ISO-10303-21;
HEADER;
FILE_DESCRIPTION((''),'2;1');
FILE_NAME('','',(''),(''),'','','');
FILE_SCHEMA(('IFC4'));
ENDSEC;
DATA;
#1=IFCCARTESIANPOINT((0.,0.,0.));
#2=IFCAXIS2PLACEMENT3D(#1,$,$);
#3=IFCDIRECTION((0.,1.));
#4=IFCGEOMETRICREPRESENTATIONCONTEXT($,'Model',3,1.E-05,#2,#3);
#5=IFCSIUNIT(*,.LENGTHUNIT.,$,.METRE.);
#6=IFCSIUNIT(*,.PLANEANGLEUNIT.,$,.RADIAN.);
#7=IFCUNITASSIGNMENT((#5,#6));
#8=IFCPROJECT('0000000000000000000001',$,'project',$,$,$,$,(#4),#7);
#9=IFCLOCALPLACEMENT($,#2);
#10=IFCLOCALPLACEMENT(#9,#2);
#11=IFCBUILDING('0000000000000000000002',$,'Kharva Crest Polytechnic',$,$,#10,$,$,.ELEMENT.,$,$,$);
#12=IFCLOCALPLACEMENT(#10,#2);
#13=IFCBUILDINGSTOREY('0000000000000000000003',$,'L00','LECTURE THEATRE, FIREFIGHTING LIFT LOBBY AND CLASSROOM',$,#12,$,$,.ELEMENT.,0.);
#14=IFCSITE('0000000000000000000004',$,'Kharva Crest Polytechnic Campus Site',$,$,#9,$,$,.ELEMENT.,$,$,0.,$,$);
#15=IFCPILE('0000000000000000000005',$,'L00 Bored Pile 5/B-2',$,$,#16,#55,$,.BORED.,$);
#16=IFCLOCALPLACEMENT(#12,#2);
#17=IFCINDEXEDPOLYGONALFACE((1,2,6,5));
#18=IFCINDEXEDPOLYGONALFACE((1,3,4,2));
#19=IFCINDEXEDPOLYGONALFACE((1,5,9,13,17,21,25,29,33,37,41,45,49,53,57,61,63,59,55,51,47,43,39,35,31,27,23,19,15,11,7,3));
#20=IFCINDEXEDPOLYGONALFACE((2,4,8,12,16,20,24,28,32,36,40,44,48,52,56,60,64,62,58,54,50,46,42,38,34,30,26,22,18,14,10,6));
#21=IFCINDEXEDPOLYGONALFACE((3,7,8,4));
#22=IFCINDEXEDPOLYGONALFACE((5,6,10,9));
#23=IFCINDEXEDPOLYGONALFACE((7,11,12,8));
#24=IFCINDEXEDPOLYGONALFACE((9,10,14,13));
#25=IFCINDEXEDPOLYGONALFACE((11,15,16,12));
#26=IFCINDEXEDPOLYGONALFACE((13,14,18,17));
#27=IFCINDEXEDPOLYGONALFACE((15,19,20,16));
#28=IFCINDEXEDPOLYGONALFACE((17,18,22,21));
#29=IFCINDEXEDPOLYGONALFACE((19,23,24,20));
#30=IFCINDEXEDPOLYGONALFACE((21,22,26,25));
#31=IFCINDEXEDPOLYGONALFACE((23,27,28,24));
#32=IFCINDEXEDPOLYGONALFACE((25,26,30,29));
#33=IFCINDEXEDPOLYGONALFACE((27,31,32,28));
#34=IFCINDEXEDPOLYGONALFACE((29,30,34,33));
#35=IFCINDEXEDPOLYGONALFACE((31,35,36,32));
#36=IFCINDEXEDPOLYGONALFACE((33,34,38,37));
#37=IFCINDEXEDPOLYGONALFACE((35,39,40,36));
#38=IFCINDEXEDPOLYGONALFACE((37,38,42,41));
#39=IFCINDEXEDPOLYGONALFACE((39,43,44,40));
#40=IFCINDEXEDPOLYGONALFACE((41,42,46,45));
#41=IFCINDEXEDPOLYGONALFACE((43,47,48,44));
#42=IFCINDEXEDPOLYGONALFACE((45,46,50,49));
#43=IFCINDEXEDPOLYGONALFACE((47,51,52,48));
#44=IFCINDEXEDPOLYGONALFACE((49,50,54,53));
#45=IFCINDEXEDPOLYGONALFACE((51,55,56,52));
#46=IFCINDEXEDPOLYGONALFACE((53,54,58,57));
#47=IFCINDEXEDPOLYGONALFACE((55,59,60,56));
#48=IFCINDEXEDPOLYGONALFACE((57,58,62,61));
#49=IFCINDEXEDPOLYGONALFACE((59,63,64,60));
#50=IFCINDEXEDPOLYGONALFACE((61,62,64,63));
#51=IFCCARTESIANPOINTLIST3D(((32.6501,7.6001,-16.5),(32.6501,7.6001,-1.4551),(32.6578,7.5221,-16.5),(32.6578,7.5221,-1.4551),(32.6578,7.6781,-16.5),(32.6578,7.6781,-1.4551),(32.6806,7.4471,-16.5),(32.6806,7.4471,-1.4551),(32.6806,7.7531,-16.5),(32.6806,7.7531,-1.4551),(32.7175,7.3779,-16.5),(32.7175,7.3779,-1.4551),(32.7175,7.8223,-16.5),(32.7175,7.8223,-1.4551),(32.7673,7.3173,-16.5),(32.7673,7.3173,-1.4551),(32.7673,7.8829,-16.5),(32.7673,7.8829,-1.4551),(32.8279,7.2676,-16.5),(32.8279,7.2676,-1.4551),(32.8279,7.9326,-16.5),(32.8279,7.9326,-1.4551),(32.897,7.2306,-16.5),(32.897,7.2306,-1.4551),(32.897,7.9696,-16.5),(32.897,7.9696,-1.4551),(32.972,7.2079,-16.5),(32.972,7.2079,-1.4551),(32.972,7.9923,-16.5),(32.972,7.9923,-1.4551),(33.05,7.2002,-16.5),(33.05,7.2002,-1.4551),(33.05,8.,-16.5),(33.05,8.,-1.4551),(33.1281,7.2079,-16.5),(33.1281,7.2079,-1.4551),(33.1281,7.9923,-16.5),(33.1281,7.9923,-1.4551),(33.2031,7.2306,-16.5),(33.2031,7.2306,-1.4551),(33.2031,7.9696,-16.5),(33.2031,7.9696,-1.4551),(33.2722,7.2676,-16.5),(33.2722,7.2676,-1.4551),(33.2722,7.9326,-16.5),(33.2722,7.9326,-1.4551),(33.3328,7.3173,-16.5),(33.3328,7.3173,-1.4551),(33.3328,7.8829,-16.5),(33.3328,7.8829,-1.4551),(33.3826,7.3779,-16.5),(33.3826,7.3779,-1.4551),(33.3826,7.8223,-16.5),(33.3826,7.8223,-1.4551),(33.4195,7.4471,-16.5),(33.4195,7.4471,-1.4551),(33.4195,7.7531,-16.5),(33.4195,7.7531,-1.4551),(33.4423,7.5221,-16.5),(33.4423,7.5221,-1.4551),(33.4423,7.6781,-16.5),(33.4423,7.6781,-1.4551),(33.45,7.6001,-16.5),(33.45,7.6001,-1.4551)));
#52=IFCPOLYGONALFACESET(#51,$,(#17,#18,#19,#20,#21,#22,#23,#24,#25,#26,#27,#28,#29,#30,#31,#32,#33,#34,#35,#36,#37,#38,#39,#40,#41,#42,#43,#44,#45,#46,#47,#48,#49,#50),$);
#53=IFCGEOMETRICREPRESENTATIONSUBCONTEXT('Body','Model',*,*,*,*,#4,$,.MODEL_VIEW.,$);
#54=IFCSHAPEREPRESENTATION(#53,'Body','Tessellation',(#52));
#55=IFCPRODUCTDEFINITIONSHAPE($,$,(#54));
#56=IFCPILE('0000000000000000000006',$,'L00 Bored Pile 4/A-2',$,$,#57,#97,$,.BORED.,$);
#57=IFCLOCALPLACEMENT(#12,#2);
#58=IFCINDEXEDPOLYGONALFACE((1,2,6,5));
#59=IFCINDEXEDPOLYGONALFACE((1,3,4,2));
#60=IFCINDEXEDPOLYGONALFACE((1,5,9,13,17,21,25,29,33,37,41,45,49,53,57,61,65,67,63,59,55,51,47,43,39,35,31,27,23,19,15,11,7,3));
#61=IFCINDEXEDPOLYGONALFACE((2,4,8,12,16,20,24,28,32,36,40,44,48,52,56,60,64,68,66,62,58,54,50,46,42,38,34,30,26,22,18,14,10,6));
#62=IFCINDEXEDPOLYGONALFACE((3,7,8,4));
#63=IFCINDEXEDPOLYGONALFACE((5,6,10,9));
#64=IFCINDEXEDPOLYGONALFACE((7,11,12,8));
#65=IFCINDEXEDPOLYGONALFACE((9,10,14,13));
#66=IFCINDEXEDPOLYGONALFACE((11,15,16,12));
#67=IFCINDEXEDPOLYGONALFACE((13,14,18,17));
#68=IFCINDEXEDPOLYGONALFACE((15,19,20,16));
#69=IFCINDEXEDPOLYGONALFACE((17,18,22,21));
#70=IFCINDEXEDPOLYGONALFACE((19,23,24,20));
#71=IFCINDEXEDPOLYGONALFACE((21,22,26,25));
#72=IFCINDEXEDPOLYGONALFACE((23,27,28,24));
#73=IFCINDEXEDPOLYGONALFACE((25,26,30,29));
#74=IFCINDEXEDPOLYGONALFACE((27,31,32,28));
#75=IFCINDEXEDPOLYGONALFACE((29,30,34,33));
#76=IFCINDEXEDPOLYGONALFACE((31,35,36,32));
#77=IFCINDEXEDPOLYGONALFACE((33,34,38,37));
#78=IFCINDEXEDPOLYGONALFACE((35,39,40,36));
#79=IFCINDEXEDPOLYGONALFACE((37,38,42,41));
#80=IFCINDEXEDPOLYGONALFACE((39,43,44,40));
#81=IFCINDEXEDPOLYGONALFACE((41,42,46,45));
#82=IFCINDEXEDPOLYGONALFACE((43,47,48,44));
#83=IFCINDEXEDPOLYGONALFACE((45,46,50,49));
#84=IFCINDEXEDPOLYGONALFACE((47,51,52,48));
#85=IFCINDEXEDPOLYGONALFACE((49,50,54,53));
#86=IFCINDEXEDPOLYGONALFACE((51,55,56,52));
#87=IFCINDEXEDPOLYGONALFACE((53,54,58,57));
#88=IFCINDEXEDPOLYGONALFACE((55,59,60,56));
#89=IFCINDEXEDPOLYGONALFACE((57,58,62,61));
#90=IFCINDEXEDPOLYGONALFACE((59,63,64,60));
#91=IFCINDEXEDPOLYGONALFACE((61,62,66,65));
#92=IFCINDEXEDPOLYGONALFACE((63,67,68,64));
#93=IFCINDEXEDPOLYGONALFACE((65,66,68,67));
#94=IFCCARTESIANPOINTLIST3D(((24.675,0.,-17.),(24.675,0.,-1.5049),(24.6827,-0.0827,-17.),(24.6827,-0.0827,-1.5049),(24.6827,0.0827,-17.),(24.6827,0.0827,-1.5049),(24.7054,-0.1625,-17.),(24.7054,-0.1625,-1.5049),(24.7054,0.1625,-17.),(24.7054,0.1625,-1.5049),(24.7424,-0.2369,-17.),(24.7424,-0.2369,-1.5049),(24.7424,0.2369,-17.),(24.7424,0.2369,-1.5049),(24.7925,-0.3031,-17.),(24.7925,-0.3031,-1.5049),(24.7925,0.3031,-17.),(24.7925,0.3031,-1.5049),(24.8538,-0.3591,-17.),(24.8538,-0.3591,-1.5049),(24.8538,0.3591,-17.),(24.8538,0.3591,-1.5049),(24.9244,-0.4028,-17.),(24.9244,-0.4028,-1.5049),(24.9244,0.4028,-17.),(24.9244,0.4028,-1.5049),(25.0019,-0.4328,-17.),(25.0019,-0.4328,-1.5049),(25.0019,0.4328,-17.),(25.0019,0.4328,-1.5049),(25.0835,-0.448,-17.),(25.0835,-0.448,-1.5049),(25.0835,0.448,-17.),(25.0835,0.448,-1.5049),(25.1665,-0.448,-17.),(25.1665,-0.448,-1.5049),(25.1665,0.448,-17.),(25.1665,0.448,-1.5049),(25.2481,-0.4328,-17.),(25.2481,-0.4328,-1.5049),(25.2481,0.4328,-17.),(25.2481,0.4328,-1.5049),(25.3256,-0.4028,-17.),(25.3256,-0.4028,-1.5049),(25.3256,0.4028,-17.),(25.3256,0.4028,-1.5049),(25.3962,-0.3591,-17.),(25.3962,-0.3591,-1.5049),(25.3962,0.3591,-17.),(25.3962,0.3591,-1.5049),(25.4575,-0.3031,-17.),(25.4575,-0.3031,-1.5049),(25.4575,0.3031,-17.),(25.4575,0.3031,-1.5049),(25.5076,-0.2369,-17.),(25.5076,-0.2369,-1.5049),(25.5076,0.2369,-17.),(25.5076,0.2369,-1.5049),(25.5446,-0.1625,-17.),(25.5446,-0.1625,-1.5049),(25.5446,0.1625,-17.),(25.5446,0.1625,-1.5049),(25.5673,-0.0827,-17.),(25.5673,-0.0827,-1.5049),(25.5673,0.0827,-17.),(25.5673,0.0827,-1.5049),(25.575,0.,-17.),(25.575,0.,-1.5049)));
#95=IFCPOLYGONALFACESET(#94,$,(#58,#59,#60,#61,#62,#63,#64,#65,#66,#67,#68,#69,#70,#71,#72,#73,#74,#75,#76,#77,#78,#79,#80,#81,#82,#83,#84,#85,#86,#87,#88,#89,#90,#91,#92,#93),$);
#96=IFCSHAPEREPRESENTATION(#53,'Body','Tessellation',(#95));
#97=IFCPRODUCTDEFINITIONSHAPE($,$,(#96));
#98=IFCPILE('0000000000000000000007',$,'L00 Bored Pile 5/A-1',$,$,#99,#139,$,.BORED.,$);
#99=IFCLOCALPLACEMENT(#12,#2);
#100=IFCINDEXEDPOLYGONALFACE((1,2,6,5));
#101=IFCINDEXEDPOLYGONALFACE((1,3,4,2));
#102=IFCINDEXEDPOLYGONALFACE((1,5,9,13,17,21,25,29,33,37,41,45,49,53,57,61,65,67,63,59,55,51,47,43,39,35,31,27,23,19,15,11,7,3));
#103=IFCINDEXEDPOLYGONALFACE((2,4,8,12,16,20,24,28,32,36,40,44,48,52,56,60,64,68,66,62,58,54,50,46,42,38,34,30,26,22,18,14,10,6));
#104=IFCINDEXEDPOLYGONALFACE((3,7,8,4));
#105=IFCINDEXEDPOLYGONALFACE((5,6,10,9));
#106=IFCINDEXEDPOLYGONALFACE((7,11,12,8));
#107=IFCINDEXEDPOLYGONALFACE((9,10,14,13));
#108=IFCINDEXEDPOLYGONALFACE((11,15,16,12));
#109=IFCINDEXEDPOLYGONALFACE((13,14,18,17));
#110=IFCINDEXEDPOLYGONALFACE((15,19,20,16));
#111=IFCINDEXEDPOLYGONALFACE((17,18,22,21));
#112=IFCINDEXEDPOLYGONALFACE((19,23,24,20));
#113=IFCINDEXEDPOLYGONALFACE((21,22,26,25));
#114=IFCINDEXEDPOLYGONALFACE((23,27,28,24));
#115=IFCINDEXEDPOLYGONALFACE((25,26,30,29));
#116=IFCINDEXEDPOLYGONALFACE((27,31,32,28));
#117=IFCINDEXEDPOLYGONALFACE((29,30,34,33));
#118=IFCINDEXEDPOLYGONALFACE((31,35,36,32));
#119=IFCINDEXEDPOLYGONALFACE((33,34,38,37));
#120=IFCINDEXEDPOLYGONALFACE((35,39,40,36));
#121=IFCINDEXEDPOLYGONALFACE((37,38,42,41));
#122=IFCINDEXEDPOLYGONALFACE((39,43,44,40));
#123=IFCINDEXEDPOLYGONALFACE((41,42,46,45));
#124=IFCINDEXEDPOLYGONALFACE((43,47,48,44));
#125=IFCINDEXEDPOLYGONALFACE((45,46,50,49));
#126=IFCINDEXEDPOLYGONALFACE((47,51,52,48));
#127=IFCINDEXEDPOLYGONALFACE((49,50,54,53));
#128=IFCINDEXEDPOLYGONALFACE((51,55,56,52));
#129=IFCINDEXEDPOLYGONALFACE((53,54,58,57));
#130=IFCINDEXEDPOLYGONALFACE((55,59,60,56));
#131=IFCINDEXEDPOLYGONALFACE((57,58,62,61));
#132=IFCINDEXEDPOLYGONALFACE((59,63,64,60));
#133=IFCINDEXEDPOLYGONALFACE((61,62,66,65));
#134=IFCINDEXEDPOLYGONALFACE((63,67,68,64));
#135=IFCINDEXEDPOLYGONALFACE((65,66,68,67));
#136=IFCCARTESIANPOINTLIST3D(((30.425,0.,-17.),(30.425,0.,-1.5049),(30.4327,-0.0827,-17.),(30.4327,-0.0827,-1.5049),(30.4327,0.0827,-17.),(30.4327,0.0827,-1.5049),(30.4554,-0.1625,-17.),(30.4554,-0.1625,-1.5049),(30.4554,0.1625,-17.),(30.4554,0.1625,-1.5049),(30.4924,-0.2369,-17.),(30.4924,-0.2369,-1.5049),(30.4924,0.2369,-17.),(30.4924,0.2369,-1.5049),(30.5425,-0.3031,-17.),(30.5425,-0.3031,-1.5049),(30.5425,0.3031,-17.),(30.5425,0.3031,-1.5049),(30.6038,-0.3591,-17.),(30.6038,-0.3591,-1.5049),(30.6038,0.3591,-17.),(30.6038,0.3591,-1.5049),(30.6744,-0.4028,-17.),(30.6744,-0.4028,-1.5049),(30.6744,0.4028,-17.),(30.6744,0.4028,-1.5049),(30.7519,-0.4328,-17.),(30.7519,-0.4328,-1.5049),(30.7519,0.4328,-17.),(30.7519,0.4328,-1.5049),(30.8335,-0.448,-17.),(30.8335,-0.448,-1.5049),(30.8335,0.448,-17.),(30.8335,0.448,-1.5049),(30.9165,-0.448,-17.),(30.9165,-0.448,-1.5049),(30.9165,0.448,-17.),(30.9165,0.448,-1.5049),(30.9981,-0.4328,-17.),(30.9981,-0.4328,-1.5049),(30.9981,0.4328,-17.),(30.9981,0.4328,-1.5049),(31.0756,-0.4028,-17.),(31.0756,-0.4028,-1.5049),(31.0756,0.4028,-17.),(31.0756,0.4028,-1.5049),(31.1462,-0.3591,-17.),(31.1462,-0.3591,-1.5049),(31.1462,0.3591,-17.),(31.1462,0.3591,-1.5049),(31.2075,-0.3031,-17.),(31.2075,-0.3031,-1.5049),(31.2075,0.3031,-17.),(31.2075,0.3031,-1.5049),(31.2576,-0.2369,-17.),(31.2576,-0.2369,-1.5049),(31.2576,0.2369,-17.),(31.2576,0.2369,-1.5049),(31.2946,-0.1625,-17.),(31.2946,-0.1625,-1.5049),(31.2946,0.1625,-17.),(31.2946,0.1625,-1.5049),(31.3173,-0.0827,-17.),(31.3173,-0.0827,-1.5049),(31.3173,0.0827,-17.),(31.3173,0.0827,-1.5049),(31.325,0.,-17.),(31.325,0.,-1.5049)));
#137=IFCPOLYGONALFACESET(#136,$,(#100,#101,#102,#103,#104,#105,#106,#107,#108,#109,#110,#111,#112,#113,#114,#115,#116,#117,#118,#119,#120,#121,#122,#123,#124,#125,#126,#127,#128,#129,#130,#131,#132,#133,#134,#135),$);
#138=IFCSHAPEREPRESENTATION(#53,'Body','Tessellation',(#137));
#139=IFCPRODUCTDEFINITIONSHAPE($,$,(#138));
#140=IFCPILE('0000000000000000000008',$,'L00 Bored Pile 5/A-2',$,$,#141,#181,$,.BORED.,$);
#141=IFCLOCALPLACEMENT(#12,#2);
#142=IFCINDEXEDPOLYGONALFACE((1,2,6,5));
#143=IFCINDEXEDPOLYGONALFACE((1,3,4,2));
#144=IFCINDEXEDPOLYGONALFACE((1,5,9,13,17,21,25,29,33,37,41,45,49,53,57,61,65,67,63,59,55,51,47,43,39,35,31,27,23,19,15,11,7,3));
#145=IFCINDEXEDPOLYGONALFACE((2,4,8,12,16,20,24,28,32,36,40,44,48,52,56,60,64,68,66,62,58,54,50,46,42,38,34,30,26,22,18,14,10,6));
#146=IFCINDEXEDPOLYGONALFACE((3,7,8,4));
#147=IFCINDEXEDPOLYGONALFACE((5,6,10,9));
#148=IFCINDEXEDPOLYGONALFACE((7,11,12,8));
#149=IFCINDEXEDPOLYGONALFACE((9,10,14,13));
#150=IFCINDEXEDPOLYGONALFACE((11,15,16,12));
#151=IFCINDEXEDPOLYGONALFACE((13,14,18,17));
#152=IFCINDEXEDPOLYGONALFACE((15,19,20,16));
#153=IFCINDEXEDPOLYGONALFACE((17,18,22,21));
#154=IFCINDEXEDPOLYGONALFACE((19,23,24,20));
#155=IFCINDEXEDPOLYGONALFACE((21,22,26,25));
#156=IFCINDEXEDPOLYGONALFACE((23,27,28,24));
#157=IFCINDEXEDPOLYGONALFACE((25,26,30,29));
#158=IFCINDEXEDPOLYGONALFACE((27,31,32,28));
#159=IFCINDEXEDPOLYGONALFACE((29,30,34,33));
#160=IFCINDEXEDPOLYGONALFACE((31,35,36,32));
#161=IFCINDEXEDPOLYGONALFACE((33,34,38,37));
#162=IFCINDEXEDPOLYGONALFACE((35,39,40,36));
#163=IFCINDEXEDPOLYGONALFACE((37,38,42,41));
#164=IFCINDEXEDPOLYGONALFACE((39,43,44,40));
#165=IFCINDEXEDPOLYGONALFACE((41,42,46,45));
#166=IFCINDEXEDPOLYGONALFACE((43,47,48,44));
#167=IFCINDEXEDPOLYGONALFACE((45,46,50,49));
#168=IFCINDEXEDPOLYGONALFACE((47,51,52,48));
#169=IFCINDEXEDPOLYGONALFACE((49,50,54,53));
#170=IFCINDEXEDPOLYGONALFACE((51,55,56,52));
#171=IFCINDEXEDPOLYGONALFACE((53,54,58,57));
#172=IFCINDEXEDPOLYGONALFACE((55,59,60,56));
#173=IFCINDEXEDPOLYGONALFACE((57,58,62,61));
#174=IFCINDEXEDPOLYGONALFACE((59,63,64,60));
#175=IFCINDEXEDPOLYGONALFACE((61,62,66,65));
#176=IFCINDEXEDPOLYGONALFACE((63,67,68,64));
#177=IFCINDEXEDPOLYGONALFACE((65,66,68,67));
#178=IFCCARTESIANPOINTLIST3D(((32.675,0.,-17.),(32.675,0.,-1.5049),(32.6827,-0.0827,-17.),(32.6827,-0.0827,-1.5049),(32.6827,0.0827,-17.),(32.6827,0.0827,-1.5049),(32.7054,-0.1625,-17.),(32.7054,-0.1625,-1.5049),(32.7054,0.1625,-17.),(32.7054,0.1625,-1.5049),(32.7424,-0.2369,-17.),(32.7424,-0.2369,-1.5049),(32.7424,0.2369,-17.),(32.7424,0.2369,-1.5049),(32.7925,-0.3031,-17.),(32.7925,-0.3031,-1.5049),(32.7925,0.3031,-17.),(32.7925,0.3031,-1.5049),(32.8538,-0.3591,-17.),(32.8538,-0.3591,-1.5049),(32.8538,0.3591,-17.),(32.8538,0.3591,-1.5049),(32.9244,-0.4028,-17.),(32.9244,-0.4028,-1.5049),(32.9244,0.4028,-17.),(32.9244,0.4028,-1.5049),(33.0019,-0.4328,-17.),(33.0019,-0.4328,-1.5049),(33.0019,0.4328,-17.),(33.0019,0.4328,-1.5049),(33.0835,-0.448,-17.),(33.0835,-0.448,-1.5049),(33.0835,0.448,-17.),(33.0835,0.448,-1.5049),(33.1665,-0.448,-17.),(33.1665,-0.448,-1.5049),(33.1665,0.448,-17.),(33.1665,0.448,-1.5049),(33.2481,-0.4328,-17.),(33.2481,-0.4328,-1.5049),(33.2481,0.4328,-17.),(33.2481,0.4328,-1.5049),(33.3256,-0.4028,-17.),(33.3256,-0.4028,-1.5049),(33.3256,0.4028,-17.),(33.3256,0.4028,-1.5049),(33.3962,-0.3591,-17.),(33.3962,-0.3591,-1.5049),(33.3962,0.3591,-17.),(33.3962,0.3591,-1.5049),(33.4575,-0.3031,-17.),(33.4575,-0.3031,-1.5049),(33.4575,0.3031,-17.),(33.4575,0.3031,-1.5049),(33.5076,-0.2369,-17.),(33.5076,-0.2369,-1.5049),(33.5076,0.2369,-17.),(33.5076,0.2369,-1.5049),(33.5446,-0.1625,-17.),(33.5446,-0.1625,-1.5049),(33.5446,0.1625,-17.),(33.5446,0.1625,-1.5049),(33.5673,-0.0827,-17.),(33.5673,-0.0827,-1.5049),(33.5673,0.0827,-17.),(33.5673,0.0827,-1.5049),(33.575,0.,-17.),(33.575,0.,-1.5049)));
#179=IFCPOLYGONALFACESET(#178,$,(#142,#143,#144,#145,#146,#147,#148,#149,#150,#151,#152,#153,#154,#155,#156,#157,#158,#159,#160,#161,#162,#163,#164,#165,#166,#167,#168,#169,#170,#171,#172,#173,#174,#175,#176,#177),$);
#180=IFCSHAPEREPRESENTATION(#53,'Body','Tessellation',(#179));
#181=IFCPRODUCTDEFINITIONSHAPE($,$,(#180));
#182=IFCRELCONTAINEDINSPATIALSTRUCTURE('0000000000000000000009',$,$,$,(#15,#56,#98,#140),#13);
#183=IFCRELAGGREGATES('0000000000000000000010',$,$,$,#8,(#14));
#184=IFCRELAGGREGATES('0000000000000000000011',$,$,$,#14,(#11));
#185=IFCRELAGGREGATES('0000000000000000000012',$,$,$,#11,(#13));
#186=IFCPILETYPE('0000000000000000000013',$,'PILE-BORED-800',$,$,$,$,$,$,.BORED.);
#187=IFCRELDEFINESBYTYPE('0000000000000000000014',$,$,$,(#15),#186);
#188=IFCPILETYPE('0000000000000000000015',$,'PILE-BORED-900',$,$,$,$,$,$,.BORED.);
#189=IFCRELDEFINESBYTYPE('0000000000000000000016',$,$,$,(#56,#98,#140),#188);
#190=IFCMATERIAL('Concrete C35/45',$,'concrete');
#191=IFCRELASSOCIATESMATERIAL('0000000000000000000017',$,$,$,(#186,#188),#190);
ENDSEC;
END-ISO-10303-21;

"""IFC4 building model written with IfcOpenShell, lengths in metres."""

from ifc_helpers import new_model, si_unit, direction, frame, origin, origin_2d, place, context, subcontext, project, spatial, circle, extrude, material, material_profile, profile_set, type_object, element, save


model = new_model("IFC4")

# Units and contexts
model_context = context("Model", 3, precision=1e-05, world=origin(), true_north=direction((0.0, 1.0)))
body_context = subcontext(model_context, "Body", "Model", "MODEL_VIEW")
ifc_project = project(units=[si_unit("LENGTHUNIT", "METRE"), si_unit("PLANEANGLEUNIT", "RADIAN")], contexts=[model_context])

# Site, building, storey
site_placement = place(None, origin())
site = spatial("IfcSite", under=ifc_project, at=site_placement, Name="Kharva Crest Polytechnic Campus Site", CompositionType="ELEMENT", RefElevation=0.0)
building_placement = place(site_placement, origin())
building = spatial("IfcBuilding", under=site, at=building_placement, Name="Kharva Crest Polytechnic", CompositionType="ELEMENT")
storey_placement = place(building_placement, origin())
storey = spatial("IfcBuildingStorey", under=building, at=storey_placement, Name="L00", Description="LECTURE THEATRE, FIREFIGHTING LIFT LOBBY AND CLASSROOM", CompositionType="ELEMENT", Elevation=0.0)

# Shared definitions
ifc_material_1 = material(Name="Concrete C35/45", Category="concrete")

# Piles
ifc_material_profile_1 = material_profile(ifc_material_1, circle(Radius=0.3999, at=origin_2d()), Name="DIA 800")
ifc_profile_set_1 = profile_set([ifc_material_profile_1], Name="Concrete C35/45")
pile_type_1 = type_object("IfcPileType", Name="PILE-BORED-800", PredefinedType="BORED", material=ifc_profile_set_1)
for number, where, z_axis, x_axis, name in (
    (1, (33.05, 7.6001, -1.4551), (0.0, 0.0, -1.0), (1.0, 0.0, 0.0), "L00 Bored Pile 5/B-2"),
):
    element("IfcPile", number, at=place(storey_placement, frame(where, z_axis=z_axis, x_axis=x_axis)), inside=storey, type_object=pile_type_1, Name=name, PredefinedType="BORED", context=body_context, shape_type="SweptSolid", body=[
        extrude(circle(Radius=0.3999, at=origin_2d()), origin(), (0.0, 0.0, 1.0), 15.0449),
    ])
ifc_material_profile_2 = material_profile(ifc_material_1, circle(Radius=0.45, at=origin_2d()), Name="DIA 900")
ifc_profile_set_2 = profile_set([ifc_material_profile_2], Name="Concrete C35/45")
pile_type_2 = type_object("IfcPileType", Name="PILE-BORED-900", PredefinedType="BORED", material=ifc_profile_set_2)
for number, where, z_axis, x_axis, name in (
    (2, (25.125, 0.0, -1.5049), (0.0, 0.0, -1.0), (1.0, 0.0, 0.0), "L00 Bored Pile 4/A-2"),
    (3, (30.875, 0.0, -1.5049), (0.0, 0.0, -1.0), (1.0, 0.0, 0.0), "L00 Bored Pile 5/A-1"),
    (4, (33.125, 0.0, -1.5049), (0.0, 0.0, -1.0), (1.0, 0.0, 0.0), "L00 Bored Pile 5/A-2"),
):
    element("IfcPile", number, at=place(storey_placement, frame(where, z_axis=z_axis, x_axis=x_axis)), inside=storey, type_object=pile_type_2, Name=name, PredefinedType="BORED", context=body_context, shape_type="SweptSolid", body=[
        extrude(circle(Radius=0.45, at=origin_2d()), origin(), (0.0, 0.0, 1.0), 15.4951),
    ])

save(model, "model.ifc")
